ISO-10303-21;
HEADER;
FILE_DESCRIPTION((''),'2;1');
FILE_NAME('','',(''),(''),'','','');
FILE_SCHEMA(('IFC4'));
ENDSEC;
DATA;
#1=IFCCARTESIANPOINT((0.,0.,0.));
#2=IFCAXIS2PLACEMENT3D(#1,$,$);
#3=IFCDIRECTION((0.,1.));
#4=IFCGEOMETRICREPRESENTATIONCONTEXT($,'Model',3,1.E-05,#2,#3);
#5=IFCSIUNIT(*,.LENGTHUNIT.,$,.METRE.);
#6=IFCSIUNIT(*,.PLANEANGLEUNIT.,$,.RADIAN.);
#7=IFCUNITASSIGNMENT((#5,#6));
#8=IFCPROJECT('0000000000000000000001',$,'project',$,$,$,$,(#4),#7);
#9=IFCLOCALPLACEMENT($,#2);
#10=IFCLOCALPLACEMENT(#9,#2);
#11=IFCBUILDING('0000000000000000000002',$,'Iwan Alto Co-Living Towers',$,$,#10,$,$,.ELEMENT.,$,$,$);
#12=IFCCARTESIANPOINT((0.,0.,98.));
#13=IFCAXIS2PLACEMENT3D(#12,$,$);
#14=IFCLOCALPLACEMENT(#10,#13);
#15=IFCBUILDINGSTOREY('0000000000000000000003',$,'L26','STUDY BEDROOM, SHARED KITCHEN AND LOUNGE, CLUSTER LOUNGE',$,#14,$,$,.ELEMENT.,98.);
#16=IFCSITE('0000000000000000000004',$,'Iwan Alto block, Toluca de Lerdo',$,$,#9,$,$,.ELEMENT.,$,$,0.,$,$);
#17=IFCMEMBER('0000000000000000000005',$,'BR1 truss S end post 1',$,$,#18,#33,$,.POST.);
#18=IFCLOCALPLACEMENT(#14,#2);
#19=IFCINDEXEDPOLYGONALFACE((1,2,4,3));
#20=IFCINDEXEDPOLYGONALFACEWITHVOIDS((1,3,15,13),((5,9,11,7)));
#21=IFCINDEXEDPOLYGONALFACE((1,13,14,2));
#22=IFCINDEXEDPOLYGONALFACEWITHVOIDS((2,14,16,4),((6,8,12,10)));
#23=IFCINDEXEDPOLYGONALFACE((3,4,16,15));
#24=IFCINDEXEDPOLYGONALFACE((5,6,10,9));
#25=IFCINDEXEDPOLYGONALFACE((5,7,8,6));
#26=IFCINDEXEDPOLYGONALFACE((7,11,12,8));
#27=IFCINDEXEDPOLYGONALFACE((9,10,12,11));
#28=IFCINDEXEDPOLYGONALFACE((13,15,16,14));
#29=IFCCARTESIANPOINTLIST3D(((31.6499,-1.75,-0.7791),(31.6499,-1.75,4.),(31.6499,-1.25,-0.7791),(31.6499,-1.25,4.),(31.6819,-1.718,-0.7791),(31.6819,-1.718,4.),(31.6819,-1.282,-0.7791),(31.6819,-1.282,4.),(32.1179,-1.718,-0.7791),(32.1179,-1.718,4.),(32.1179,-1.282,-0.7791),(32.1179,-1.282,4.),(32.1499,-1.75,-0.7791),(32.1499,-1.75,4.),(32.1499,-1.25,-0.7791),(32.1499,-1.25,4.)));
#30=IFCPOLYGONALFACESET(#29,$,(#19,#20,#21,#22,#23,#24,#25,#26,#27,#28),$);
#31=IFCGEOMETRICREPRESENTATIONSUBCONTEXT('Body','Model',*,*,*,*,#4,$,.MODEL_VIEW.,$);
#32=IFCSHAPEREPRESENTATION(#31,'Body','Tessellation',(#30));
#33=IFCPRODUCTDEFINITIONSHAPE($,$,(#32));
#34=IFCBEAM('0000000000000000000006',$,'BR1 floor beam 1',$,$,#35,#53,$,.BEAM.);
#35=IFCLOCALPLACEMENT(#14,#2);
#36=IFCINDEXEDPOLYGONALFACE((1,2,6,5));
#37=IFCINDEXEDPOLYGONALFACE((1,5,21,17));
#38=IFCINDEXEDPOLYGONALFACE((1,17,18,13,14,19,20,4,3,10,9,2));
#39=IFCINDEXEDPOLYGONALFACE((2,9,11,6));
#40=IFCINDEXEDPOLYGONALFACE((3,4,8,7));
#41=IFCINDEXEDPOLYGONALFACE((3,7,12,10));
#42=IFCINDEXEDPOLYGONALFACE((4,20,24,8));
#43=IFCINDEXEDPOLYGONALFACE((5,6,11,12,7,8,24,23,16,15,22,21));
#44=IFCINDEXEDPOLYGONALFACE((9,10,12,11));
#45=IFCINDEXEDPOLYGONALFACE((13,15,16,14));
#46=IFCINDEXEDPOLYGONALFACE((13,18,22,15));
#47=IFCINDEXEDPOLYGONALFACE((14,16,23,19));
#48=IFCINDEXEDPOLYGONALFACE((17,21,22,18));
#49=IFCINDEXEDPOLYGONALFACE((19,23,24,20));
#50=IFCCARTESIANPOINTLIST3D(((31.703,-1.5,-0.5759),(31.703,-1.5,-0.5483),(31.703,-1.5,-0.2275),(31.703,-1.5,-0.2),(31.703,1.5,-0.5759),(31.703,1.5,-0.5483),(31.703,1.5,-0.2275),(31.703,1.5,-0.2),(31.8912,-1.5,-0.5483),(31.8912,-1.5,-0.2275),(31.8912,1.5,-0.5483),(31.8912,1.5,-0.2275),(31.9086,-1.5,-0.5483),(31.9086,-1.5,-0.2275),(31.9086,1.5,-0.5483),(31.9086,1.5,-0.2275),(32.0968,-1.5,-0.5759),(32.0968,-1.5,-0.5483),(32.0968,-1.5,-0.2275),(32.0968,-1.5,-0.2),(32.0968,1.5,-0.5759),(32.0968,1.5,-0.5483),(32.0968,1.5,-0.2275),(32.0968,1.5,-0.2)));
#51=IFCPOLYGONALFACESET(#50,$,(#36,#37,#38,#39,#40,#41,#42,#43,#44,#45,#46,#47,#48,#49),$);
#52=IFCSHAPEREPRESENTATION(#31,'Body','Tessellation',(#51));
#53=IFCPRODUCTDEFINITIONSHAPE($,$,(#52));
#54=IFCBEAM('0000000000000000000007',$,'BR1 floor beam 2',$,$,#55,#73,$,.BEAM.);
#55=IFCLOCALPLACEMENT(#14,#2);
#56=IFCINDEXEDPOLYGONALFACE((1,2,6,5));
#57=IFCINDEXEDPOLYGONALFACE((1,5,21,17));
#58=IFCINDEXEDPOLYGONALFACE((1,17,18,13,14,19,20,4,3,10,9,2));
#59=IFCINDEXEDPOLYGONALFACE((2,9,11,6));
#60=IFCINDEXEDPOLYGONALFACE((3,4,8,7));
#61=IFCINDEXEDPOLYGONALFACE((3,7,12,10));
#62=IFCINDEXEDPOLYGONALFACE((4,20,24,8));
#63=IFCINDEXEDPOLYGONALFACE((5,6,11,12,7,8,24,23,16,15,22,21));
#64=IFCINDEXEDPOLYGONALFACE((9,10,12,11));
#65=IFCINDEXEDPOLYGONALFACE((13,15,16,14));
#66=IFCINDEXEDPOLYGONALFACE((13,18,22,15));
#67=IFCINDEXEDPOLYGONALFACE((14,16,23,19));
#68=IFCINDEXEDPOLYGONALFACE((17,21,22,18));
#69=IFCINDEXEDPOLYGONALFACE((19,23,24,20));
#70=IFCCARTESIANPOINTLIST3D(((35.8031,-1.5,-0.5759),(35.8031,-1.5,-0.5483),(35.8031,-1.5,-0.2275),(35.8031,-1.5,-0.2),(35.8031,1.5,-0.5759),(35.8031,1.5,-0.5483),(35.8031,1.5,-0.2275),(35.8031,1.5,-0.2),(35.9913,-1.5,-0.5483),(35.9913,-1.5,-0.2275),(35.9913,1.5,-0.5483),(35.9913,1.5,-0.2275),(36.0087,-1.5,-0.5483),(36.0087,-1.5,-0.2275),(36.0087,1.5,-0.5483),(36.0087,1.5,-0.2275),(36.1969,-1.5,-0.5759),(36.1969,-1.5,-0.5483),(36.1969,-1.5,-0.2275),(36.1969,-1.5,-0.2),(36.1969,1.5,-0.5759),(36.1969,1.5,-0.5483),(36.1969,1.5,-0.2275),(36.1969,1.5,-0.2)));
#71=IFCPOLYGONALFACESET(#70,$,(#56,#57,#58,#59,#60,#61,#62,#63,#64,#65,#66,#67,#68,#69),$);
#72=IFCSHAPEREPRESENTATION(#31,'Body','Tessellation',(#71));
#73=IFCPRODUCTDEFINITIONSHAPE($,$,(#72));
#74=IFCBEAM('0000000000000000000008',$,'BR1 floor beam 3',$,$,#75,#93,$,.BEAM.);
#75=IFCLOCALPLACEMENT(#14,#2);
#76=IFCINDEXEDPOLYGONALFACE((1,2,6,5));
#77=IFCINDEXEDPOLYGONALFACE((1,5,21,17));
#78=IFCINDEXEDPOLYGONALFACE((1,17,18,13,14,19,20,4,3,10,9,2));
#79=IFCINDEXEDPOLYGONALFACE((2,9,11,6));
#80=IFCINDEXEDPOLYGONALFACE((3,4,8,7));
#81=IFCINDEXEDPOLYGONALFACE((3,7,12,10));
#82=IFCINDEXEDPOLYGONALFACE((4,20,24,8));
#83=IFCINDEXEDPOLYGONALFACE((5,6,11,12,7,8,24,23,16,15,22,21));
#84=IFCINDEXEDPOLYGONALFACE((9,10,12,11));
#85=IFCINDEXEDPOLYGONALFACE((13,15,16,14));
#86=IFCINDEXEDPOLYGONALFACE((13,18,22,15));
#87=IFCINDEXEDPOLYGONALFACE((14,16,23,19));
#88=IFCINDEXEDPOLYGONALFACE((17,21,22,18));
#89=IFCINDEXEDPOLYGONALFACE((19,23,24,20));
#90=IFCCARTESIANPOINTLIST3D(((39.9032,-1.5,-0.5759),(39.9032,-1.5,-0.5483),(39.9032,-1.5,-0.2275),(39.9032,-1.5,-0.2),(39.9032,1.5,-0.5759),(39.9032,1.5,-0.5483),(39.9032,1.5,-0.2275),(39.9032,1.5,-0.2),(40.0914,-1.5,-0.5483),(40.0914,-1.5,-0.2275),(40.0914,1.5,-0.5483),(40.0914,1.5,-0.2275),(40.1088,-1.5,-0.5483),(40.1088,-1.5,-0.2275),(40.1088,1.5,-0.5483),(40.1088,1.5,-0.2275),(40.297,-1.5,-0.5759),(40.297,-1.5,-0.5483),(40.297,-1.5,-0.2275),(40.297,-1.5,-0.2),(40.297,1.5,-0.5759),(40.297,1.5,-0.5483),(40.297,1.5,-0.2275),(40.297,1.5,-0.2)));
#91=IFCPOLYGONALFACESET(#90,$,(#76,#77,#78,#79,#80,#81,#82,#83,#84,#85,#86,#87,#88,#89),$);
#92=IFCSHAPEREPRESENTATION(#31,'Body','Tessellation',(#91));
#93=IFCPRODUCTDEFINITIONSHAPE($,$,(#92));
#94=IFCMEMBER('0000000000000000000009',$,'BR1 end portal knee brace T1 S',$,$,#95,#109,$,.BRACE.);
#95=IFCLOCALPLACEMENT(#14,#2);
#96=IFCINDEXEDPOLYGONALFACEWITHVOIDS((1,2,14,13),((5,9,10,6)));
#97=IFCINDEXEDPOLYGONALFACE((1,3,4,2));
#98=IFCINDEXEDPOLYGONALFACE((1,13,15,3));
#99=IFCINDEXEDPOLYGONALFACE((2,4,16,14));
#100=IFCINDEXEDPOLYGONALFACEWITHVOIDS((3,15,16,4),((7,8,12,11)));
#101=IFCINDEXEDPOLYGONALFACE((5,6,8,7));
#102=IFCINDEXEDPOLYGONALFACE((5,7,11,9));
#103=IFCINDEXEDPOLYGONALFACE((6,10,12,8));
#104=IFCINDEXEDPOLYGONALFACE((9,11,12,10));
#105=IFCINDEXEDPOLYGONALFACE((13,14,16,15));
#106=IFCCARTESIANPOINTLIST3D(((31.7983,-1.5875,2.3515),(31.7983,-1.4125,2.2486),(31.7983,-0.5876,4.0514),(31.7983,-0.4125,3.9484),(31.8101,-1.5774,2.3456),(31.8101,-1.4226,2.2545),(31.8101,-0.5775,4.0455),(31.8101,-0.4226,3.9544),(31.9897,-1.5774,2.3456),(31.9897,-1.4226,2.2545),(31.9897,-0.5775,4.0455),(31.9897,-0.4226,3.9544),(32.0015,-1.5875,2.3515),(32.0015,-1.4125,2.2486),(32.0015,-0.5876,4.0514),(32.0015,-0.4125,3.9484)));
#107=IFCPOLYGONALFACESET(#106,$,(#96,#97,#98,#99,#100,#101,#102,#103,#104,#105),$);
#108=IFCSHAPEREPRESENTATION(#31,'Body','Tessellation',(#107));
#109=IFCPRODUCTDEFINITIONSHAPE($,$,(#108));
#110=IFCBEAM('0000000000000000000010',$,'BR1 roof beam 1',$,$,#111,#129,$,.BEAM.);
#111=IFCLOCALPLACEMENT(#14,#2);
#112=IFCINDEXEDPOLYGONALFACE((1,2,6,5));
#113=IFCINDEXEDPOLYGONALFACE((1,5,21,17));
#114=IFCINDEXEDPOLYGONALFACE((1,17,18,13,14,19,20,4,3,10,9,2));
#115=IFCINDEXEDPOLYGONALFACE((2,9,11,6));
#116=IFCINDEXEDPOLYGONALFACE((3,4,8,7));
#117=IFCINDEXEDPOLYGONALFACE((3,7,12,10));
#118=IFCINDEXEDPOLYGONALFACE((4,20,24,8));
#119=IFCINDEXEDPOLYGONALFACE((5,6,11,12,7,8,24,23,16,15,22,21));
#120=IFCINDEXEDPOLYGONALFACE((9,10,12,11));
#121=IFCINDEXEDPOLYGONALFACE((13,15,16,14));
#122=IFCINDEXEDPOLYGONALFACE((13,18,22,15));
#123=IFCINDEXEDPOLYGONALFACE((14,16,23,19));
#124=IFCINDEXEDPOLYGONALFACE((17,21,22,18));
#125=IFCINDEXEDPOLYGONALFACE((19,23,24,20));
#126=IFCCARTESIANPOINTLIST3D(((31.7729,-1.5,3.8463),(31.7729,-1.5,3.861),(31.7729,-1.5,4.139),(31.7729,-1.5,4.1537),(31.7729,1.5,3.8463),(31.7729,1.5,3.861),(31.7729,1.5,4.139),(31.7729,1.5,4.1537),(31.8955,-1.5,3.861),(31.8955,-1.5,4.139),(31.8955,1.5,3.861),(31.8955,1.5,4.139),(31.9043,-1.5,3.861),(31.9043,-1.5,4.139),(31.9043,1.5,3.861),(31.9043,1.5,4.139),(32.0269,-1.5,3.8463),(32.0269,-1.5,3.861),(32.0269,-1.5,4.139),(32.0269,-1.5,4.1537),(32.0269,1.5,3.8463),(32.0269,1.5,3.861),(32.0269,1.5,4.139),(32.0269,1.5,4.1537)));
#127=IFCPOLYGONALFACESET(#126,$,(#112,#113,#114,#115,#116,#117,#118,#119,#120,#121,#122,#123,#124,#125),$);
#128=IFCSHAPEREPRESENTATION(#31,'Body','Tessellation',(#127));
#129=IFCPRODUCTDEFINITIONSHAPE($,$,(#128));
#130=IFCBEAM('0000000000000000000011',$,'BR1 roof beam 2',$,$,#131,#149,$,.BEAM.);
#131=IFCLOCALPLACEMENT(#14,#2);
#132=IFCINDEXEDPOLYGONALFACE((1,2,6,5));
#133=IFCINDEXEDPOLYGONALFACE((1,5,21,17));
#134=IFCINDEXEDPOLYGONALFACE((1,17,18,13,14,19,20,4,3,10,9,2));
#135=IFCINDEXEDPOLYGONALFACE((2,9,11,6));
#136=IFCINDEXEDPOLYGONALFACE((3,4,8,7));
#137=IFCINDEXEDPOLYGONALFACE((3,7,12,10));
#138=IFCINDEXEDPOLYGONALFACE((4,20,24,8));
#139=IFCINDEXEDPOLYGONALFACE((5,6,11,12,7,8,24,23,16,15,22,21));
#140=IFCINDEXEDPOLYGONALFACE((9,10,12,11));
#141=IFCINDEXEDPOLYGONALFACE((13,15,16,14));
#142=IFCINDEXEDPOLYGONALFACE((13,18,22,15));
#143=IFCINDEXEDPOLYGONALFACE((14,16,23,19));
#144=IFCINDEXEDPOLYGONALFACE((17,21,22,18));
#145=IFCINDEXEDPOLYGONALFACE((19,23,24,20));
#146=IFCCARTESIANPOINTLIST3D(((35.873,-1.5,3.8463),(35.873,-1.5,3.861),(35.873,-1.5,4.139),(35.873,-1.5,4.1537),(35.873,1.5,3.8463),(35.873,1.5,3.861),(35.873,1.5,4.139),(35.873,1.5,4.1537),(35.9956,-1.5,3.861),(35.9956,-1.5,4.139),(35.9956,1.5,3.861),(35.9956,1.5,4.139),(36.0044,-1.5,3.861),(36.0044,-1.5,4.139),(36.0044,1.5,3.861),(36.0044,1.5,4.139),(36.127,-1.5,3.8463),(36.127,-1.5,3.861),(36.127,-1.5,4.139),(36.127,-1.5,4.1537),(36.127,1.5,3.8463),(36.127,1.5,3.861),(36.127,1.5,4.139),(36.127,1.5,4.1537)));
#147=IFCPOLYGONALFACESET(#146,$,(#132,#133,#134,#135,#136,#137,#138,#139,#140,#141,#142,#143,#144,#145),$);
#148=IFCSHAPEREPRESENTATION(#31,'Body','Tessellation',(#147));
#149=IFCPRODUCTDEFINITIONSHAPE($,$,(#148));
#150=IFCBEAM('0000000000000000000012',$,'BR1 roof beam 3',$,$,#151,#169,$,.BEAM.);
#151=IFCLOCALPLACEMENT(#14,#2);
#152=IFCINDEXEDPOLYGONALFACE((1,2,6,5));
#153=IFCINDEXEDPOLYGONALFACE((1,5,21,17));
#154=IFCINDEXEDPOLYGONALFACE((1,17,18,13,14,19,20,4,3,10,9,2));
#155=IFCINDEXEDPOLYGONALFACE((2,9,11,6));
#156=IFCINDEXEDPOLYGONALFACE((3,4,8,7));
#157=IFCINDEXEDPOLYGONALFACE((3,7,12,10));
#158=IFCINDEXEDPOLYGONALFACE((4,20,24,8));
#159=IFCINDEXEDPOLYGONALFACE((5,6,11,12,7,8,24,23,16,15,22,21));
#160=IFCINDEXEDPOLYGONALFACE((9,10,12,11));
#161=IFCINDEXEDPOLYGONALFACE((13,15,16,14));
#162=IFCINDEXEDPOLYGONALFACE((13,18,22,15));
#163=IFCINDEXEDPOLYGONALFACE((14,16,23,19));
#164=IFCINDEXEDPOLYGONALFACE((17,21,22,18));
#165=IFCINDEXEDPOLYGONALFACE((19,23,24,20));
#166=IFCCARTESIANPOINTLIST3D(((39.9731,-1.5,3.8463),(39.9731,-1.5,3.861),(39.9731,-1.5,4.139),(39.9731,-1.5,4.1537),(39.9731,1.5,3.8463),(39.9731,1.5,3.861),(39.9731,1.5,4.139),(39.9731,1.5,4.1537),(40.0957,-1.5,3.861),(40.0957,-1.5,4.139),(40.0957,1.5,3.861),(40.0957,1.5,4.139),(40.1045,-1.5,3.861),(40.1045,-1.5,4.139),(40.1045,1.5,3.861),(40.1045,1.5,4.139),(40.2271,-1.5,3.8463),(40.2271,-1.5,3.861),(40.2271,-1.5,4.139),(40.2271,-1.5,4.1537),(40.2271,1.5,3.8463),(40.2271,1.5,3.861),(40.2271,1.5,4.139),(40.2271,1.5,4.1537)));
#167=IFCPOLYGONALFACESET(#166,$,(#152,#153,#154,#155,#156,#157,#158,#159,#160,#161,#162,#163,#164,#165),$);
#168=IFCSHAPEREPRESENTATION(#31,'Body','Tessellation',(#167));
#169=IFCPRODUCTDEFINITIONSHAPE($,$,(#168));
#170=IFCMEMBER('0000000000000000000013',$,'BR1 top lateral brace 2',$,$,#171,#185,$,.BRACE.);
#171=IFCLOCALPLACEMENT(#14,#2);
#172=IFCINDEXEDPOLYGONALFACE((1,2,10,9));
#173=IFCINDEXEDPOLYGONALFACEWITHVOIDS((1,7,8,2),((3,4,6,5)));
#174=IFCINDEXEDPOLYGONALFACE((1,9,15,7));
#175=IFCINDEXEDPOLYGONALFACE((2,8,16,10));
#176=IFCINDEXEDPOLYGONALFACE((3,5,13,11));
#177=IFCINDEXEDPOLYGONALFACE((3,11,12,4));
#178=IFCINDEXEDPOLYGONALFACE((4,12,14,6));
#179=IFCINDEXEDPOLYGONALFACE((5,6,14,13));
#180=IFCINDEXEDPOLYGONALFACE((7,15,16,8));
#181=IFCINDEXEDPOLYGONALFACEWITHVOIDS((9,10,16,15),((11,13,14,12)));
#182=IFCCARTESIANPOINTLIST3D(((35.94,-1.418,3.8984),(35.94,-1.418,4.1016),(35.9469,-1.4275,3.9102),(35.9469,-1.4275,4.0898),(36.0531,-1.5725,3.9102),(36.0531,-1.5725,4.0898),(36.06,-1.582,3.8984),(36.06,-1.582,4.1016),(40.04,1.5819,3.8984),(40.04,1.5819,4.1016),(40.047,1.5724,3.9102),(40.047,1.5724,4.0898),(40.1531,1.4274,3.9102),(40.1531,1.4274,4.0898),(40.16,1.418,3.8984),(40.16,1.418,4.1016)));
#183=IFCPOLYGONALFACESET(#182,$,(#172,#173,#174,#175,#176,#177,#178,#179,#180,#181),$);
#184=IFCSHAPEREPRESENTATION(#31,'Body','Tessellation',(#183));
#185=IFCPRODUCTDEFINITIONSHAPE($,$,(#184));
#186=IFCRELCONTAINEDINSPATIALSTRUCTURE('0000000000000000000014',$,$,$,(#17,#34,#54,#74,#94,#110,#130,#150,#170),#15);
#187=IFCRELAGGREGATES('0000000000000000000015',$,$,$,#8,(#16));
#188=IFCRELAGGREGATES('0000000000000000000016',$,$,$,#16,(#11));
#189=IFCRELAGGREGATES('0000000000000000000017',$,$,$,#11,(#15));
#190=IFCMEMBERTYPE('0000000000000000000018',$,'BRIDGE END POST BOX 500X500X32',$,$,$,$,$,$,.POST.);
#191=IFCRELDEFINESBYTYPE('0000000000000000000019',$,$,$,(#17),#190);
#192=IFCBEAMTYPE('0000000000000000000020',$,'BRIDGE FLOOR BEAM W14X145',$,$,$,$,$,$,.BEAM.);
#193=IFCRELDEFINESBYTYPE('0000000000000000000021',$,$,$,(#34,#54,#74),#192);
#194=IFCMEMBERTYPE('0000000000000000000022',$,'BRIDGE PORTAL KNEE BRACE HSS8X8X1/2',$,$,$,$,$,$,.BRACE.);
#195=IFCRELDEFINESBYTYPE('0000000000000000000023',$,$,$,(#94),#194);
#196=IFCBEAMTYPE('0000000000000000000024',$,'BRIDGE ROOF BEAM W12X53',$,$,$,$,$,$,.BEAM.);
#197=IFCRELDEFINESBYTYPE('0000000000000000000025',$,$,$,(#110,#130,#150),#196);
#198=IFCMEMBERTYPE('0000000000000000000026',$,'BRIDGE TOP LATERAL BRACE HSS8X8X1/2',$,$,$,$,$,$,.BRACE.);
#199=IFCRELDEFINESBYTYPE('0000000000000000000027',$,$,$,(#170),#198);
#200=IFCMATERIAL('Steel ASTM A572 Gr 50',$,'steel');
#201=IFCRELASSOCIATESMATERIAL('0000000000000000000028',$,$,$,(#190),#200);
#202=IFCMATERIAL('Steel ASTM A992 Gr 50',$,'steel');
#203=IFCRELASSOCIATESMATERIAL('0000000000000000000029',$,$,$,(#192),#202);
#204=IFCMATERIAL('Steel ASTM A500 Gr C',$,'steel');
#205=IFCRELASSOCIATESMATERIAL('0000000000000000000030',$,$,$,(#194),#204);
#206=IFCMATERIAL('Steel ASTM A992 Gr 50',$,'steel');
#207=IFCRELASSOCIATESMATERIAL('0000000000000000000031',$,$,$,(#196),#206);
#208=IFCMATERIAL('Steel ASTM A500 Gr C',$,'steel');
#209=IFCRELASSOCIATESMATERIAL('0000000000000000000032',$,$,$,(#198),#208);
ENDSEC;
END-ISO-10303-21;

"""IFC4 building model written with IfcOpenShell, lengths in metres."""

from ifc_helpers import new_model, si_unit, direction, frame, origin, origin_2d, place, context, subcontext, project, spatial, hollow_rectangle, i_section, extrude, material, material_profile, profile_set, type_object, element, save


model = new_model("IFC4")

# Units and contexts
model_context = context("Model", 3, precision=1e-05, world=origin(), true_north=direction((0.0, 1.0)))
body_context = subcontext(model_context, "Body", "Model", "MODEL_VIEW")
ifc_project = project(units=[si_unit("LENGTHUNIT", "METRE"), si_unit("PLANEANGLEUNIT", "RADIAN")], contexts=[model_context])

# Site, building, storey
site_placement = place(None, origin())
site = spatial("IfcSite", under=ifc_project, at=site_placement, Name="Iwan Alto block, Toluca de Lerdo", CompositionType="ELEMENT", RefElevation=0.0)
building_placement = place(site_placement, origin())
building = spatial("IfcBuilding", under=site, at=building_placement, Name="Iwan Alto Co-Living Towers", CompositionType="ELEMENT")
storey_placement = place(building_placement, frame((0.0, 0.0, 98.0)))
storey = spatial("IfcBuildingStorey", under=building, at=storey_placement, Name="L26", Description="STUDY BEDROOM, SHARED KITCHEN AND LOUNGE, CLUSTER LOUNGE", CompositionType="ELEMENT", Elevation=98.0)

# Member
ifc_material_1 = material(Name="Steel ASTM A572 Gr 50", Category="steel")
ifc_material_profile_1 = material_profile(ifc_material_1, hollow_rectangle(XDim=0.5, YDim=0.5, WallThickness=0.032, at=origin_2d()), Name="BOX 500X500X32")
ifc_profile_set_1 = profile_set([ifc_material_profile_1], Name="Steel ASTM A572 Gr 50")
member_type_1 = type_object("IfcMemberType", Name="BRIDGE END POST BOX 500X500X32", PredefinedType="POST", material=ifc_profile_set_1)
member_1_placement = place(storey_placement, frame((31.8999, -1.5, -0.7791), z_axis=(0.0, 0.0, 1.0), x_axis=(1.0, 0.0, 0.0)))
element("IfcMember", 1, at=member_1_placement, inside=storey, type_object=member_type_1, Name="BR1 truss S end post 1", PredefinedType="POST", context=body_context, shape_type="SweptSolid", body=[
    extrude(hollow_rectangle(XDim=0.5, YDim=0.5, WallThickness=0.032, at=origin_2d()), origin(), (0.0, 0.0, 1.0), 4.7791),
])

# Beams
ifc_material_2 = material(Name="Steel ASTM A992 Gr 50", Category="steel")
ifc_material_profile_2 = material_profile(ifc_material_2, i_section(OverallWidth=0.3938, OverallDepth=0.376, WebThickness=0.0173, FlangeThickness=0.0276, at=origin_2d()), Name="W14X145")
ifc_profile_set_2 = profile_set([ifc_material_profile_2], Name="Steel ASTM A992 Gr 50")
beam_type_1 = type_object("IfcBeamType", Name="BRIDGE FLOOR BEAM W14X145", PredefinedType="BEAM", material=ifc_profile_set_2)
for number, where, z_axis, x_axis, name in (
    (2, (31.8999, -1.5, -0.3879), (0.0, 1.0, 0.0), (-1.0, 0.0, 0.0), "BR1 floor beam 1"),
    (3, (36.0, -1.5, -0.3879), (0.0, 1.0, 0.0), (-1.0, 0.0, 0.0), "BR1 floor beam 2"),
    (4, (40.1001, -1.5, -0.3879), (0.0, 1.0, 0.0), (-1.0, 0.0, 0.0), "BR1 floor beam 3"),
):
    element("IfcBeam", number, at=place(storey_placement, frame(where, z_axis=z_axis, x_axis=x_axis)), inside=storey, type_object=beam_type_1, Name=name, PredefinedType="BEAM", context=body_context, shape_type="SweptSolid", body=[
        extrude(i_section(OverallWidth=0.3938, OverallDepth=0.376, WebThickness=0.0173, FlangeThickness=0.0276, at=origin_2d()), origin(), (0.0, 0.0, 1.0), 3.0),
    ])

# Member
ifc_material_3 = material(Name="Steel ASTM A500 Gr C", Category="steel")
ifc_material_profile_3 = material_profile(ifc_material_3, hollow_rectangle(XDim=0.2031, YDim=0.2031, WallThickness=0.0117, at=origin_2d()), Name="HSS8X8X1/2")
ifc_profile_set_3 = profile_set([ifc_material_profile_3], Name="Steel ASTM A500 Gr C")
member_type_2 = type_object("IfcMemberType", Name="BRIDGE PORTAL KNEE BRACE HSS8X8X1/2", PredefinedType="BRACE", material=ifc_profile_set_3)
member_2_placement = place(storey_placement, frame((31.8999, -1.5, 2.3), z_axis=(0.0, 0.507031, 0.861928), x_axis=(-1.0, 0.0, 0.0)))
element("IfcMember", 5, at=member_2_placement, inside=storey, type_object=member_type_2, Name="BR1 end portal knee brace T1 S", PredefinedType="BRACE", context=body_context, shape_type="SweptSolid", body=[
    extrude(hollow_rectangle(XDim=0.2031, YDim=0.2031, WallThickness=0.0117, at=origin_2d()), origin(), (0.0, 0.0, 1.0), 1.9722),
])

# Beams
ifc_material_4 = material(Name="Steel ASTM A992 Gr 50", Category="steel")
ifc_material_profile_4 = material_profile(ifc_material_4, i_section(OverallWidth=0.2539, OverallDepth=0.3074, WebThickness=0.0088, FlangeThickness=0.0146, at=origin_2d()), Name="W12X53")
ifc_profile_set_4 = profile_set([ifc_material_profile_4], Name="Steel ASTM A992 Gr 50")
beam_type_2 = type_object("IfcBeamType", Name="BRIDGE ROOF BEAM W12X53", PredefinedType="BEAM", material=ifc_profile_set_4)
for number, where, z_axis, x_axis, name in (
    (6, (31.8999, -1.5, 4.0), (0.0, 1.0, 0.0), (-1.0, 0.0, 0.0), "BR1 roof beam 1"),
    (7, (36.0, -1.5, 4.0), (0.0, 1.0, 0.0), (-1.0, 0.0, 0.0), "BR1 roof beam 2"),
    (8, (40.1001, -1.5, 4.0), (0.0, 1.0, 0.0), (-1.0, 0.0, 0.0), "BR1 roof beam 3"),
):
    element("IfcBeam", number, at=place(storey_placement, frame(where, z_axis=z_axis, x_axis=x_axis)), inside=storey, type_object=beam_type_2, Name=name, PredefinedType="BEAM", context=body_context, shape_type="SweptSolid", body=[
        extrude(i_section(OverallWidth=0.2539, OverallDepth=0.3074, WebThickness=0.0088, FlangeThickness=0.0146, at=origin_2d()), origin(), (0.0, 0.0, 1.0), 3.0),
    ])

# Member
ifc_material_5 = material(Name="Steel ASTM A500 Gr C", Category="steel")
ifc_material_profile_5 = material_profile(ifc_material_5, hollow_rectangle(XDim=0.2031, YDim=0.2031, WallThickness=0.0117, at=origin_2d()), Name="HSS8X8X1/2")
ifc_profile_set_5 = profile_set([ifc_material_profile_5], Name="Steel ASTM A500 Gr C")
member_type_3 = type_object("IfcMemberType", Name="BRIDGE TOP LATERAL BRACE HSS8X8X1/2", PredefinedType="BRACE", material=ifc_profile_set_5)
member_3_placement = place(storey_placement, frame((36.0, -1.5, 4.0), z_axis=(0.807037, 0.590501, 0.0), x_axis=(-0.590501, 0.807037, 0.0)))
element("IfcMember", 9, at=member_3_placement, inside=storey, type_object=member_type_3, Name="BR1 top lateral brace 2", PredefinedType="BRACE", context=body_context, shape_type="SweptSolid", body=[
    extrude(hollow_rectangle(XDim=0.2031, YDim=0.2031, WallThickness=0.0117, at=origin_2d()), origin(), (0.0, 0.0, 1.0), 5.0803),
])

save(model, "model.ifc")
